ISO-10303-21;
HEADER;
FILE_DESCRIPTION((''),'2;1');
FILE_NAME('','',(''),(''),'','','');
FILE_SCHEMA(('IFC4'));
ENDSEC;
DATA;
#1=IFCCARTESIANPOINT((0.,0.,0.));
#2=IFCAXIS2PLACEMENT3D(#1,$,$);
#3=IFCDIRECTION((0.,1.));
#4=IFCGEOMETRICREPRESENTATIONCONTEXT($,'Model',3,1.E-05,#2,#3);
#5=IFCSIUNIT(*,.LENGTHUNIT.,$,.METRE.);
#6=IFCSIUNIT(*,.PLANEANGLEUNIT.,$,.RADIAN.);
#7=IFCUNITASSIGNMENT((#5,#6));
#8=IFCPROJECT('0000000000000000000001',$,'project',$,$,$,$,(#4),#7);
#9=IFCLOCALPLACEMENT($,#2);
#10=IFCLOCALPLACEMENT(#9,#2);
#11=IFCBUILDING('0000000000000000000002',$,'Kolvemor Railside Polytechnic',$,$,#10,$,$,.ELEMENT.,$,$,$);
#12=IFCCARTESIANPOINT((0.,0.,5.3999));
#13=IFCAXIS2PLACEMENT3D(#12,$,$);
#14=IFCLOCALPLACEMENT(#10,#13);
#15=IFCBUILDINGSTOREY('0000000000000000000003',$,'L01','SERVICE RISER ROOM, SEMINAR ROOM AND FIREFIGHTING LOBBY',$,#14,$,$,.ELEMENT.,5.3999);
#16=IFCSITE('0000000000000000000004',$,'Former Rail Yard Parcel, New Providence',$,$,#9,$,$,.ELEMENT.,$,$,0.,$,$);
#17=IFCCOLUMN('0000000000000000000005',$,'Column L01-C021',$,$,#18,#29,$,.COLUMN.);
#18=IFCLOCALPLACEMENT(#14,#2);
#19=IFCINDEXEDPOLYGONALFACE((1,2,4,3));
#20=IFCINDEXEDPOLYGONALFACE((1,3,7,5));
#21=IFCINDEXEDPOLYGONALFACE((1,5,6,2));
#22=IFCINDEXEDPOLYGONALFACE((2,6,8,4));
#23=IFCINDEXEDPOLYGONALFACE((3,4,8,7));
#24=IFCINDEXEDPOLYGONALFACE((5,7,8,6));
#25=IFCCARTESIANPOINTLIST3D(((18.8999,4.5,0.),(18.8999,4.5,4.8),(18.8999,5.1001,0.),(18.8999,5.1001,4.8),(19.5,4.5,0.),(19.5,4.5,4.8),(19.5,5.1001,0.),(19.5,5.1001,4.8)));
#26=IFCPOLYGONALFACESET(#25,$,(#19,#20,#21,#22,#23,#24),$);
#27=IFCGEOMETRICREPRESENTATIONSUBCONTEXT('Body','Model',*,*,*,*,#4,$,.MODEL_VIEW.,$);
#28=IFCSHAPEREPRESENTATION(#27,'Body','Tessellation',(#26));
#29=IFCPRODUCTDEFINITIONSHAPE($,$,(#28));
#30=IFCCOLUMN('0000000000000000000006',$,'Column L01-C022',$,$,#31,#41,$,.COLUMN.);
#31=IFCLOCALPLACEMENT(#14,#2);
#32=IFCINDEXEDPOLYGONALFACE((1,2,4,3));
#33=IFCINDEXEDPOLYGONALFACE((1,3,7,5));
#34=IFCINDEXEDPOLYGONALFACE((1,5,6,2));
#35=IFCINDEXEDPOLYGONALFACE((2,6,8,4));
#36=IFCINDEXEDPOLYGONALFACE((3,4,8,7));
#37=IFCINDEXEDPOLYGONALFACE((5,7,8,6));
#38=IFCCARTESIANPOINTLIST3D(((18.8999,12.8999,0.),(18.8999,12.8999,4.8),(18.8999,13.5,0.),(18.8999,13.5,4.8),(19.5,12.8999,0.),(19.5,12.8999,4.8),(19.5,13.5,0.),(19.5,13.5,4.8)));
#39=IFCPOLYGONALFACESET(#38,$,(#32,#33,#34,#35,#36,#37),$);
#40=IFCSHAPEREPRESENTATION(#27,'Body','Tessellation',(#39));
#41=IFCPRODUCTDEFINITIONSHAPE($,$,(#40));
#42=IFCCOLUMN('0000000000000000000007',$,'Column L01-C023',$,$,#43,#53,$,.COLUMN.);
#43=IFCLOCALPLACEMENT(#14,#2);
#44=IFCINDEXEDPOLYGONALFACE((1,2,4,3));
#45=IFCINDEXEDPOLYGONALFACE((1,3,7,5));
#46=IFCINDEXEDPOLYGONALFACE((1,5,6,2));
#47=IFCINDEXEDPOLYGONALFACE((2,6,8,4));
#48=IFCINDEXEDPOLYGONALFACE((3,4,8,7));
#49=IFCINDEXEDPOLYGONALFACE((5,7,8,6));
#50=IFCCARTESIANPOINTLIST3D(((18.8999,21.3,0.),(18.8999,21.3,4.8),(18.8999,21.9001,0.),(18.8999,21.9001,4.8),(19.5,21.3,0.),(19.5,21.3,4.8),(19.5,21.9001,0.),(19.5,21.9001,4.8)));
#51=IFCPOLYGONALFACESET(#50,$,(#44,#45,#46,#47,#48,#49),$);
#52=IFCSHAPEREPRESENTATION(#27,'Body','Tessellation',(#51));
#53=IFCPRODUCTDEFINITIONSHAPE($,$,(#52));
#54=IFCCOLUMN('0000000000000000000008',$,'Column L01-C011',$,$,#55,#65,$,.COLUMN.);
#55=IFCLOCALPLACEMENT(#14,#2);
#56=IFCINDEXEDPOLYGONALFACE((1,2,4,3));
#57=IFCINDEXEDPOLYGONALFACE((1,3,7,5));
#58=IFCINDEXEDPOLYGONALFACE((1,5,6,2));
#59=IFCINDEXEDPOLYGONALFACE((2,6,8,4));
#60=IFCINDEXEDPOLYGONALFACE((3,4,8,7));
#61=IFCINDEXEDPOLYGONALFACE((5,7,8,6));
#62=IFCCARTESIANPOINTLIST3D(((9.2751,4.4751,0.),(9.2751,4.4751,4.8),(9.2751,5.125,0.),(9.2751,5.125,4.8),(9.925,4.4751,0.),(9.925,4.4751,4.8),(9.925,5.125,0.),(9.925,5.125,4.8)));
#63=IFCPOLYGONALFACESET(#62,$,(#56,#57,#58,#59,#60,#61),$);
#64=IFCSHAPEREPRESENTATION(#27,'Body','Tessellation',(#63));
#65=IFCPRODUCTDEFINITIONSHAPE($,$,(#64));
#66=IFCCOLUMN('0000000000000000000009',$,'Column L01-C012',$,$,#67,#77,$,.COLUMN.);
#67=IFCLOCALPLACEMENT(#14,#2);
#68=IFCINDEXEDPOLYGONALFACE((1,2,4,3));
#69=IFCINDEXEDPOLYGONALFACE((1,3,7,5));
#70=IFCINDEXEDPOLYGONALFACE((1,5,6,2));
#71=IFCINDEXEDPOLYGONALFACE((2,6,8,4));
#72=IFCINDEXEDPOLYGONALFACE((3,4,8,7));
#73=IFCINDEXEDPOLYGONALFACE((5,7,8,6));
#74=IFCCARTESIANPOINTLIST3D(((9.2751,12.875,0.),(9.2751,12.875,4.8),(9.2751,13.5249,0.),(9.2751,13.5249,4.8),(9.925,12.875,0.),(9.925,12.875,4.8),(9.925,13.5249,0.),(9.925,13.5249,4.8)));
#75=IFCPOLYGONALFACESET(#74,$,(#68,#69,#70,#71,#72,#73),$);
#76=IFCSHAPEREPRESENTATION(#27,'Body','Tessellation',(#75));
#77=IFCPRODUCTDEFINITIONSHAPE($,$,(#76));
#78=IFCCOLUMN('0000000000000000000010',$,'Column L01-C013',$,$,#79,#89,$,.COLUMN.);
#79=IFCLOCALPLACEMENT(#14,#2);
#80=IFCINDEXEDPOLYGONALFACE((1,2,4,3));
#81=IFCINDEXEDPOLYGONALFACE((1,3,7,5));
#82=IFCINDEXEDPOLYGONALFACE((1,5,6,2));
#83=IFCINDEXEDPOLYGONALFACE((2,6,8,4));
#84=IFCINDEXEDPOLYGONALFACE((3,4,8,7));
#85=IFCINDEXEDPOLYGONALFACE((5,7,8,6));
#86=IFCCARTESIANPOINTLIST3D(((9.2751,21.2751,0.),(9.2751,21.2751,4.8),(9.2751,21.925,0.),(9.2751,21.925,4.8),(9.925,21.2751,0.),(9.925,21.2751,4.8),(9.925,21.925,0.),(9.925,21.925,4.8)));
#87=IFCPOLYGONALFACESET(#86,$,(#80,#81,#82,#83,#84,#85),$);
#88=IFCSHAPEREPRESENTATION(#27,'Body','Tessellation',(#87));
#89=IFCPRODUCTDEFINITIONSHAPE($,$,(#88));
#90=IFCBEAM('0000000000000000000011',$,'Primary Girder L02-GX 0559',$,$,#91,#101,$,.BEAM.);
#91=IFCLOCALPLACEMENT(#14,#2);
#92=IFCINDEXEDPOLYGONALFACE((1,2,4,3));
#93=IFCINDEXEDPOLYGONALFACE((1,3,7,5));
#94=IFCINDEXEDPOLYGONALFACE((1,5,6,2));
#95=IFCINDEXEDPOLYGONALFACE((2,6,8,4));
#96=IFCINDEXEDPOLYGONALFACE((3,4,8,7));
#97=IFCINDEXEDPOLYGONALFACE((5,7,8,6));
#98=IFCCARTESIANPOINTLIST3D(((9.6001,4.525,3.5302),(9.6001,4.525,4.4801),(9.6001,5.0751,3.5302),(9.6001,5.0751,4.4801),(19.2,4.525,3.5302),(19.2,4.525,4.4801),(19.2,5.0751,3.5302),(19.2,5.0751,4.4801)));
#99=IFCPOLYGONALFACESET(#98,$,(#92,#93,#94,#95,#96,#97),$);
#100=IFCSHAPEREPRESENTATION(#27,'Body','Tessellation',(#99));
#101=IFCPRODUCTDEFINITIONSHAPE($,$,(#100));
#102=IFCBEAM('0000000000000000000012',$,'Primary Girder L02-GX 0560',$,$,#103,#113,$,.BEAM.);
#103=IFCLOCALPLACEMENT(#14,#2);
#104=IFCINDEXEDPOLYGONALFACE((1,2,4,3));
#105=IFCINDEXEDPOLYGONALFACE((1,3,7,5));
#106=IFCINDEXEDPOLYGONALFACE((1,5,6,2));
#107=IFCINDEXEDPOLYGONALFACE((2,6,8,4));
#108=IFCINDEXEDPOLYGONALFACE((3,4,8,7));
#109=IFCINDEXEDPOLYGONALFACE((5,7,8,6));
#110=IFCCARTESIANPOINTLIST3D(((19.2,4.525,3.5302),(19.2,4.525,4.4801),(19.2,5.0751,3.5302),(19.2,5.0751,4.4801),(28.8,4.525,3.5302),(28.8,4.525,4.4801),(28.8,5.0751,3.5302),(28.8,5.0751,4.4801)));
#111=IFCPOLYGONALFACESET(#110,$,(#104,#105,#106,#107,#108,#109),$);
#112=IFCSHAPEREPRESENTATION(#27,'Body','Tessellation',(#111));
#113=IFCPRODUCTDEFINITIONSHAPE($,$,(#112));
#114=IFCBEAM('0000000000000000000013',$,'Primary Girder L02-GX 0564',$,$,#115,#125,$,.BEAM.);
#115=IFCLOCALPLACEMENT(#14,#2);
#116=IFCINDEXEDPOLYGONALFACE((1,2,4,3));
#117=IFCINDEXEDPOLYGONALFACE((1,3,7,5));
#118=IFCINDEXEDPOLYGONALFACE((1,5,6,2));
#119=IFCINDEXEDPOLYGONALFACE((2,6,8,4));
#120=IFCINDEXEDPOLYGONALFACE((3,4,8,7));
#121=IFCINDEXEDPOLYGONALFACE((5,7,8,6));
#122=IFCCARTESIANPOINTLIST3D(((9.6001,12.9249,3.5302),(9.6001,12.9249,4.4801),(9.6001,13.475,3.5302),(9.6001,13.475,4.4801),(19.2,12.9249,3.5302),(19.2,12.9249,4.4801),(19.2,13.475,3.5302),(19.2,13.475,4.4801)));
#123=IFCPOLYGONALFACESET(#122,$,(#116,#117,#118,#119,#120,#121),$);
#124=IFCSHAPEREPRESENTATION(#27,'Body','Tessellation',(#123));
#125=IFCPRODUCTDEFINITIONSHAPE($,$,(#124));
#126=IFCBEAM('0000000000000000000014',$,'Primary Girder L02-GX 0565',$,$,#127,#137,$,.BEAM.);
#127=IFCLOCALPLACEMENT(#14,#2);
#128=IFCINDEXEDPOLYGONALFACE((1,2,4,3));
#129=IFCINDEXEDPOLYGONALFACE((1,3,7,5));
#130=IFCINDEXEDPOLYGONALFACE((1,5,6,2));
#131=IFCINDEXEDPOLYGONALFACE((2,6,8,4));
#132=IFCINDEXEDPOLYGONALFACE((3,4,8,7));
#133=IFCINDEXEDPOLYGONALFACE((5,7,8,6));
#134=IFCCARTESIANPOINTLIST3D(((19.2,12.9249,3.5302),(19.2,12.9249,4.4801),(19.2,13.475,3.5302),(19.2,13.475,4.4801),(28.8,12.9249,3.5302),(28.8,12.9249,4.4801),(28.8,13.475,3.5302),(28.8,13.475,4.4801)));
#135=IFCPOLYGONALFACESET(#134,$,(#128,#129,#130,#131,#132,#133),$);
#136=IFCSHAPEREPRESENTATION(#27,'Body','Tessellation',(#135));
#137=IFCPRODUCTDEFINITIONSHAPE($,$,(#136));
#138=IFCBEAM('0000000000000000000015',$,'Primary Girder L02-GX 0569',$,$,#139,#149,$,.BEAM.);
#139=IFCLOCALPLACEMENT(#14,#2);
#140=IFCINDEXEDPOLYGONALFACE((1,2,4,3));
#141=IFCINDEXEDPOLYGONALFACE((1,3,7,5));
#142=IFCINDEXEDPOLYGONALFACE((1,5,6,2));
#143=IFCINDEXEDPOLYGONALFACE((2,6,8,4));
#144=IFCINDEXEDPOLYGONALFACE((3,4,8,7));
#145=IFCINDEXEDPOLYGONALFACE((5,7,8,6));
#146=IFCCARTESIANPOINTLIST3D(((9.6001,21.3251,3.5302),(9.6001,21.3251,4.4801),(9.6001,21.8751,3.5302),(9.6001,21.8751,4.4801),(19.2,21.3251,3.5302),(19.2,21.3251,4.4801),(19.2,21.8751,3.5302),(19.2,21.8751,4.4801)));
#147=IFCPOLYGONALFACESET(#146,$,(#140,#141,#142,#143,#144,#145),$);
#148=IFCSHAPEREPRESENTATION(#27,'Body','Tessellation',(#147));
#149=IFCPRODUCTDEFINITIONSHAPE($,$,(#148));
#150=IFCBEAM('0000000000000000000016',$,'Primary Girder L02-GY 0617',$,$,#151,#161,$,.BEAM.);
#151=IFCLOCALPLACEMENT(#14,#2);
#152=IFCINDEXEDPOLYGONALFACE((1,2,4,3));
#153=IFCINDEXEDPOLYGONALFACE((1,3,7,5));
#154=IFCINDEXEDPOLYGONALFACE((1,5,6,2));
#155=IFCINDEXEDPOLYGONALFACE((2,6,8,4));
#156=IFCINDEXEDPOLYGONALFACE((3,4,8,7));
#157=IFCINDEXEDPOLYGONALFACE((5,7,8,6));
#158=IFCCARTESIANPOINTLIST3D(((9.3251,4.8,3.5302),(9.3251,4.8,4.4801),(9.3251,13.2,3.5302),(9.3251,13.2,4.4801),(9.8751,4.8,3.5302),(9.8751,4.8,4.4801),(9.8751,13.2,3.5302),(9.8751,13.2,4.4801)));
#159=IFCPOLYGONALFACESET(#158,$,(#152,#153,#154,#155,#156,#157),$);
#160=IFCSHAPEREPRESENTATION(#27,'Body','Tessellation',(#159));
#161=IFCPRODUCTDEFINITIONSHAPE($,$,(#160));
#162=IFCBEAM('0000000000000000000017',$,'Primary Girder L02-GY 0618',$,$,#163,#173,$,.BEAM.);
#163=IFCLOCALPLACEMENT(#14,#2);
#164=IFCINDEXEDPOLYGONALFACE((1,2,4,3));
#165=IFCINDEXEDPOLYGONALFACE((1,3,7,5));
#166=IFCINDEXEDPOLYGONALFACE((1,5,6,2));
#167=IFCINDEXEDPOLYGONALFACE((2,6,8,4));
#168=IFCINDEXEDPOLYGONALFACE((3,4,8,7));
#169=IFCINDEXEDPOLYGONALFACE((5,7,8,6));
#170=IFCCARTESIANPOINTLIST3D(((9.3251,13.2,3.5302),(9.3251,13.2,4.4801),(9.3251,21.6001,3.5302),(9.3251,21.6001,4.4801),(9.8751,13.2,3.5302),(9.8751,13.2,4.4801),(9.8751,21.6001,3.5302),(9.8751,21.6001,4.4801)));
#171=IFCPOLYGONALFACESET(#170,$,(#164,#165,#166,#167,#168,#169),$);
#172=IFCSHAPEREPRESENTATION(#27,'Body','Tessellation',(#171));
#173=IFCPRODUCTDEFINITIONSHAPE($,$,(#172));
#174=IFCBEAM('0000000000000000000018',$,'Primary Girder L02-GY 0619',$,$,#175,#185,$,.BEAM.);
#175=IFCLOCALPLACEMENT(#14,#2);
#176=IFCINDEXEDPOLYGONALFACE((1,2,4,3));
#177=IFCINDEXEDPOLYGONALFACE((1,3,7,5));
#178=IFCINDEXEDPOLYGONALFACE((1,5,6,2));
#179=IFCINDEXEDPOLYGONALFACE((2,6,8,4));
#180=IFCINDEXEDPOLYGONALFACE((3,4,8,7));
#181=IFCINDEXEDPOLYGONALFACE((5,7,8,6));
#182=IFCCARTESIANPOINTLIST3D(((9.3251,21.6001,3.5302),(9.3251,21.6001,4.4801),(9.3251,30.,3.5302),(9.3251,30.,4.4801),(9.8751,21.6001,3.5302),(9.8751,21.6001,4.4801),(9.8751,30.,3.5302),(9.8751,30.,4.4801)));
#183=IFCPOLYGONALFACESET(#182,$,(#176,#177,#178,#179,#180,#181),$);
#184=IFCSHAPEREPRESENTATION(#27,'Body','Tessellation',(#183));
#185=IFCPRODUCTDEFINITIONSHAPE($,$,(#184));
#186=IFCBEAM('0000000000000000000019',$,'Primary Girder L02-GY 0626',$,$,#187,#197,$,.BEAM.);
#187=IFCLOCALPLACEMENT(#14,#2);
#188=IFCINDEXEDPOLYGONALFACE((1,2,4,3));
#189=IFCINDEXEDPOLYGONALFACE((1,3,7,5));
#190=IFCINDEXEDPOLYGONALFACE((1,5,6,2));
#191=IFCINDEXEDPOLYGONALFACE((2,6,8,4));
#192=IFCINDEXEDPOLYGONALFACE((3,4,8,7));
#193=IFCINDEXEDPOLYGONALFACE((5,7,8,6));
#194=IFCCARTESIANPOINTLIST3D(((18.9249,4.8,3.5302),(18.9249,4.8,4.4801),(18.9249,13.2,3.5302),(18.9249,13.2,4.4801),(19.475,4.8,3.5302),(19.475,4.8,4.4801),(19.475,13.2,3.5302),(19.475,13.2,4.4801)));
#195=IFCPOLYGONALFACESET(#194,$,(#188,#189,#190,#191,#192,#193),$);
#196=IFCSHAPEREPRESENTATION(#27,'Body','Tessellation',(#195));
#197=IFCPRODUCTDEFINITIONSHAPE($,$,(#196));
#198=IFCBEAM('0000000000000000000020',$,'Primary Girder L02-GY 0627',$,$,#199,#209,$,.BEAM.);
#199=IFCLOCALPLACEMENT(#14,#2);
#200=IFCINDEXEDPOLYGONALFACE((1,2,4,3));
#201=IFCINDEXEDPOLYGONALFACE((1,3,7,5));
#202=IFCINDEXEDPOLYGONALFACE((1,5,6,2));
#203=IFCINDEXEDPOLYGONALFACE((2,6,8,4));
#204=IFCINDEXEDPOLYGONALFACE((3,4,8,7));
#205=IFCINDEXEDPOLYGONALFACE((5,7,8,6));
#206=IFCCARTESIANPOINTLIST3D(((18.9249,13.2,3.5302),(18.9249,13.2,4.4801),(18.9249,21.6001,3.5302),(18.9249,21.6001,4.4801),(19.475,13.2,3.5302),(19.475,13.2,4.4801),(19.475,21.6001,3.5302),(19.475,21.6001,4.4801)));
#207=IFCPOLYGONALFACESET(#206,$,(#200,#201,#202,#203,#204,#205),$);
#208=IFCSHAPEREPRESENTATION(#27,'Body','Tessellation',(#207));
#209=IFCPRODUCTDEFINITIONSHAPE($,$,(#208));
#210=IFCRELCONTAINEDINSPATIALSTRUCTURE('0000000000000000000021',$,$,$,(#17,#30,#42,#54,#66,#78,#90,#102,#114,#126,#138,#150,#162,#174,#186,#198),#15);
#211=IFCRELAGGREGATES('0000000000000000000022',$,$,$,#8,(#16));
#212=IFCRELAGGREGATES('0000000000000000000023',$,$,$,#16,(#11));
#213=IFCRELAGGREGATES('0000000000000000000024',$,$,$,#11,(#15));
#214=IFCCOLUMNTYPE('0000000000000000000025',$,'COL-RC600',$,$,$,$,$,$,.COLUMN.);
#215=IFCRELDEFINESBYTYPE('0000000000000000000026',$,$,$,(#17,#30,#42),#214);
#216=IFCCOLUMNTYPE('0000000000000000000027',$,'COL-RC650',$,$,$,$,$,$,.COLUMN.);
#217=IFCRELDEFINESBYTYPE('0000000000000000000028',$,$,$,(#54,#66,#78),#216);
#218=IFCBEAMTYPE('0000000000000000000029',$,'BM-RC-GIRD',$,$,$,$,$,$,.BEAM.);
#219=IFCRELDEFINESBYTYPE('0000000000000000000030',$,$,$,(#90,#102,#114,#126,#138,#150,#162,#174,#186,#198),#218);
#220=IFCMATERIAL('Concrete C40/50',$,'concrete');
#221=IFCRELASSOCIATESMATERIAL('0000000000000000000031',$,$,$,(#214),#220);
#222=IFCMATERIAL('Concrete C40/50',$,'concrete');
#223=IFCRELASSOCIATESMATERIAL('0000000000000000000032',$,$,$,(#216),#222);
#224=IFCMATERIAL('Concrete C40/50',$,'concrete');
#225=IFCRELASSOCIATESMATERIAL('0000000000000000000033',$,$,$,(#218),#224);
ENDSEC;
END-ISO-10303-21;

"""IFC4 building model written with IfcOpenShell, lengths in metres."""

from ifc_helpers import new_model, si_unit, direction, frame, origin, origin_2d, place, context, subcontext, project, spatial, rectangle, extrude, material, material_profile, profile_set, type_object, element, save


model = new_model("IFC4")

# Units and contexts
model_context = context("Model", 3, precision=1e-05, world=origin(), true_north=direction((0.0, 1.0)))
body_context = subcontext(model_context, "Body", "Model", "MODEL_VIEW")
ifc_project = project(units=[si_unit("LENGTHUNIT", "METRE"), si_unit("PLANEANGLEUNIT", "RADIAN")], contexts=[model_context])

# Site, building, storey
site_placement = place(None, origin())
site = spatial("IfcSite", under=ifc_project, at=site_placement, Name="Former Rail Yard Parcel, New Providence", CompositionType="ELEMENT", RefElevation=0.0)
building_placement = place(site_placement, origin())
building = spatial("IfcBuilding", under=site, at=building_placement, Name="Kolvemor Railside Polytechnic", CompositionType="ELEMENT")
storey_placement = place(building_placement, frame((0.0, 0.0, 5.3999)))
storey = spatial("IfcBuildingStorey", under=building, at=storey_placement, Name="L01", Description="SERVICE RISER ROOM, SEMINAR ROOM AND FIREFIGHTING LOBBY", CompositionType="ELEMENT", Elevation=5.3999)

# Columns
ifc_material_1 = material(Name="Concrete C40/50", Category="concrete")
ifc_material_profile_1 = material_profile(ifc_material_1, rectangle(XDim=0.6001, YDim=0.6001, at=origin_2d()), Name="RC600x600")
ifc_profile_set_1 = profile_set([ifc_material_profile_1], Name="Concrete C40/50")
column_type_1 = type_object("IfcColumnType", Name="COL-RC600", PredefinedType="COLUMN", material=ifc_profile_set_1)
for number, where, z_axis, x_axis, name in (
    (1, (19.2, 4.8, 0.0), (0.0, 0.0, 1.0), (1.0, 0.0, 0.0), "Column L01-C021"),
    (2, (19.2, 13.2, 0.0), (0.0, 0.0, 1.0), (1.0, 0.0, 0.0), "Column L01-C022"),
    (3, (19.2, 21.6001, 0.0), (0.0, 0.0, 1.0), (1.0, 0.0, 0.0), "Column L01-C023"),
):
    element("IfcColumn", number, at=place(storey_placement, frame(where, z_axis=z_axis, x_axis=x_axis)), inside=storey, type_object=column_type_1, Name=name, PredefinedType="COLUMN", context=body_context, shape_type="SweptSolid", body=[
        extrude(rectangle(XDim=0.6001, YDim=0.6001, at=origin_2d()), origin(), (0.0, 0.0, 1.0), 4.8),
    ])
ifc_material_2 = material(Name="Concrete C40/50", Category="concrete")
ifc_material_profile_2 = material_profile(ifc_material_2, rectangle(XDim=0.6499, YDim=0.6499, at=origin_2d()), Name="RC650x650")
ifc_profile_set_2 = profile_set([ifc_material_profile_2], Name="Concrete C40/50")
column_type_2 = type_object("IfcColumnType", Name="COL-RC650", PredefinedType="COLUMN", material=ifc_profile_set_2)
for number, where, z_axis, x_axis, name in (
    (4, (9.6001, 4.8, 0.0), (0.0, 0.0, 1.0), (1.0, 0.0, 0.0), "Column L01-C011"),
    (5, (9.6001, 13.2, 0.0), (0.0, 0.0, 1.0), (1.0, 0.0, 0.0), "Column L01-C012"),
    (6, (9.6001, 21.6001, 0.0), (0.0, 0.0, 1.0), (1.0, 0.0, 0.0), "Column L01-C013"),
):
    element("IfcColumn", number, at=place(storey_placement, frame(where, z_axis=z_axis, x_axis=x_axis)), inside=storey, type_object=column_type_2, Name=name, PredefinedType="COLUMN", context=body_context, shape_type="SweptSolid", body=[
        extrude(rectangle(XDim=0.6499, YDim=0.6499, at=origin_2d()), origin(), (0.0, 0.0, 1.0), 4.8),
    ])

# Beams
ifc_material_3 = material(Name="Concrete C40/50", Category="concrete")
ifc_material_profile_3 = material_profile(ifc_material_3, rectangle(XDim=0.55, YDim=0.95, at=origin_2d()), Name="RC550x950")
ifc_profile_set_3 = profile_set([ifc_material_profile_3], Name="Concrete C40/50")
beam_type_1 = type_object("IfcBeamType", Name="BM-RC-GIRD", PredefinedType="BEAM", material=ifc_profile_set_3)
beam_1_placement = place(storey_placement, frame((9.6001, 4.8, 4.0051), z_axis=(1.0, 0.0, 0.0), x_axis=(0.0, 1.0, 0.0)))
element("IfcBeam", 7, at=beam_1_placement, inside=storey, type_object=beam_type_1, Name="Primary Girder L02-GX 0559", PredefinedType="BEAM", context=body_context, shape_type="SweptSolid", body=[
    extrude(rectangle(XDim=0.55, YDim=0.95, at=origin_2d()), origin(), (0.0, 0.0, 1.0), 9.5999),
])
beam_2_placement = place(storey_placement, frame((19.2, 4.8, 4.0051), z_axis=(1.0, 0.0, 0.0), x_axis=(0.0, 1.0, 0.0)))
element("IfcBeam", 8, at=beam_2_placement, inside=storey, type_object=beam_type_1, Name="Primary Girder L02-GX 0560", PredefinedType="BEAM", context=body_context, shape_type="SweptSolid", body=[
    extrude(rectangle(XDim=0.55, YDim=0.95, at=origin_2d()), origin(), (0.0, 0.0, 1.0), 9.6001),
])
beam_3_placement = place(storey_placement, frame((9.6001, 13.2, 4.0051), z_axis=(1.0, 0.0, 0.0), x_axis=(0.0, 1.0, 0.0)))
element("IfcBeam", 9, at=beam_3_placement, inside=storey, type_object=beam_type_1, Name="Primary Girder L02-GX 0564", PredefinedType="BEAM", context=body_context, shape_type="SweptSolid", body=[
    extrude(rectangle(XDim=0.55, YDim=0.95, at=origin_2d()), origin(), (0.0, 0.0, 1.0), 9.5999),
])
beam_4_placement = place(storey_placement, frame((19.2, 13.2, 4.0051), z_axis=(1.0, 0.0, 0.0), x_axis=(0.0, 1.0, 0.0)))
element("IfcBeam", 10, at=beam_4_placement, inside=storey, type_object=beam_type_1, Name="Primary Girder L02-GX 0565", PredefinedType="BEAM", context=body_context, shape_type="SweptSolid", body=[
    extrude(rectangle(XDim=0.55, YDim=0.95, at=origin_2d()), origin(), (0.0, 0.0, 1.0), 9.6001),
])
beam_5_placement = place(storey_placement, frame((9.6001, 21.6001, 4.0051), z_axis=(1.0, 0.0, 0.0), x_axis=(0.0, 1.0, 0.0)))
element("IfcBeam", 11, at=beam_5_placement, inside=storey, type_object=beam_type_1, Name="Primary Girder L02-GX 0569", PredefinedType="BEAM", context=body_context, shape_type="SweptSolid", body=[
    extrude(rectangle(XDim=0.55, YDim=0.95, at=origin_2d()), origin(), (0.0, 0.0, 1.0), 9.5999),
])
beam_6_placement = place(storey_placement, frame((9.6001, 4.8, 4.0051), z_axis=(0.0, 1.0, 0.0), x_axis=(-1.0, 0.0, 0.0)))
element("IfcBeam", 12, at=beam_6_placement, inside=storey, type_object=beam_type_1, Name="Primary Girder L02-GY 0617", PredefinedType="BEAM", context=body_context, shape_type="SweptSolid", body=[
    extrude(rectangle(XDim=0.55, YDim=0.95, at=origin_2d()), origin(), (0.0, 0.0, 1.0), 8.3999),
])
beam_7_placement = place(storey_placement, frame((9.6001, 13.2, 4.0051), z_axis=(0.0, 1.0, 0.0), x_axis=(-1.0, 0.0, 0.0)))
element("IfcBeam", 13, at=beam_7_placement, inside=storey, type_object=beam_type_1, Name="Primary Girder L02-GY 0618", PredefinedType="BEAM", context=body_context, shape_type="SweptSolid", body=[
    extrude(rectangle(XDim=0.55, YDim=0.95, at=origin_2d()), origin(), (0.0, 0.0, 1.0), 8.4001),
])
for number, where, z_axis, x_axis, name in (
    (14, (9.6001, 21.6001, 4.0051), (0.0, 1.0, 0.0), (-1.0, 0.0, 0.0), "Primary Girder L02-GY 0619"),
    (15, (19.2, 4.8, 4.0051), (0.0, 1.0, 0.0), (-1.0, 0.0, 0.0), "Primary Girder L02-GY 0626"),
):
    element("IfcBeam", number, at=place(storey_placement, frame(where, z_axis=z_axis, x_axis=x_axis)), inside=storey, type_object=beam_type_1, Name=name, PredefinedType="BEAM", context=body_context, shape_type="SweptSolid", body=[
        extrude(rectangle(XDim=0.55, YDim=0.95, at=origin_2d()), origin(), (0.0, 0.0, 1.0), 8.3999),
    ])
beam_8_placement = place(storey_placement, frame((19.2, 13.2, 4.0051), z_axis=(0.0, 1.0, 0.0), x_axis=(-1.0, 0.0, 0.0)))
element("IfcBeam", 16, at=beam_8_placement, inside=storey, type_object=beam_type_1, Name="Primary Girder L02-GY 0627", PredefinedType="BEAM", context=body_context, shape_type="SweptSolid", body=[
    extrude(rectangle(XDim=0.55, YDim=0.95, at=origin_2d()), origin(), (0.0, 0.0, 1.0), 8.4001),
])

save(model, "model.ifc")
